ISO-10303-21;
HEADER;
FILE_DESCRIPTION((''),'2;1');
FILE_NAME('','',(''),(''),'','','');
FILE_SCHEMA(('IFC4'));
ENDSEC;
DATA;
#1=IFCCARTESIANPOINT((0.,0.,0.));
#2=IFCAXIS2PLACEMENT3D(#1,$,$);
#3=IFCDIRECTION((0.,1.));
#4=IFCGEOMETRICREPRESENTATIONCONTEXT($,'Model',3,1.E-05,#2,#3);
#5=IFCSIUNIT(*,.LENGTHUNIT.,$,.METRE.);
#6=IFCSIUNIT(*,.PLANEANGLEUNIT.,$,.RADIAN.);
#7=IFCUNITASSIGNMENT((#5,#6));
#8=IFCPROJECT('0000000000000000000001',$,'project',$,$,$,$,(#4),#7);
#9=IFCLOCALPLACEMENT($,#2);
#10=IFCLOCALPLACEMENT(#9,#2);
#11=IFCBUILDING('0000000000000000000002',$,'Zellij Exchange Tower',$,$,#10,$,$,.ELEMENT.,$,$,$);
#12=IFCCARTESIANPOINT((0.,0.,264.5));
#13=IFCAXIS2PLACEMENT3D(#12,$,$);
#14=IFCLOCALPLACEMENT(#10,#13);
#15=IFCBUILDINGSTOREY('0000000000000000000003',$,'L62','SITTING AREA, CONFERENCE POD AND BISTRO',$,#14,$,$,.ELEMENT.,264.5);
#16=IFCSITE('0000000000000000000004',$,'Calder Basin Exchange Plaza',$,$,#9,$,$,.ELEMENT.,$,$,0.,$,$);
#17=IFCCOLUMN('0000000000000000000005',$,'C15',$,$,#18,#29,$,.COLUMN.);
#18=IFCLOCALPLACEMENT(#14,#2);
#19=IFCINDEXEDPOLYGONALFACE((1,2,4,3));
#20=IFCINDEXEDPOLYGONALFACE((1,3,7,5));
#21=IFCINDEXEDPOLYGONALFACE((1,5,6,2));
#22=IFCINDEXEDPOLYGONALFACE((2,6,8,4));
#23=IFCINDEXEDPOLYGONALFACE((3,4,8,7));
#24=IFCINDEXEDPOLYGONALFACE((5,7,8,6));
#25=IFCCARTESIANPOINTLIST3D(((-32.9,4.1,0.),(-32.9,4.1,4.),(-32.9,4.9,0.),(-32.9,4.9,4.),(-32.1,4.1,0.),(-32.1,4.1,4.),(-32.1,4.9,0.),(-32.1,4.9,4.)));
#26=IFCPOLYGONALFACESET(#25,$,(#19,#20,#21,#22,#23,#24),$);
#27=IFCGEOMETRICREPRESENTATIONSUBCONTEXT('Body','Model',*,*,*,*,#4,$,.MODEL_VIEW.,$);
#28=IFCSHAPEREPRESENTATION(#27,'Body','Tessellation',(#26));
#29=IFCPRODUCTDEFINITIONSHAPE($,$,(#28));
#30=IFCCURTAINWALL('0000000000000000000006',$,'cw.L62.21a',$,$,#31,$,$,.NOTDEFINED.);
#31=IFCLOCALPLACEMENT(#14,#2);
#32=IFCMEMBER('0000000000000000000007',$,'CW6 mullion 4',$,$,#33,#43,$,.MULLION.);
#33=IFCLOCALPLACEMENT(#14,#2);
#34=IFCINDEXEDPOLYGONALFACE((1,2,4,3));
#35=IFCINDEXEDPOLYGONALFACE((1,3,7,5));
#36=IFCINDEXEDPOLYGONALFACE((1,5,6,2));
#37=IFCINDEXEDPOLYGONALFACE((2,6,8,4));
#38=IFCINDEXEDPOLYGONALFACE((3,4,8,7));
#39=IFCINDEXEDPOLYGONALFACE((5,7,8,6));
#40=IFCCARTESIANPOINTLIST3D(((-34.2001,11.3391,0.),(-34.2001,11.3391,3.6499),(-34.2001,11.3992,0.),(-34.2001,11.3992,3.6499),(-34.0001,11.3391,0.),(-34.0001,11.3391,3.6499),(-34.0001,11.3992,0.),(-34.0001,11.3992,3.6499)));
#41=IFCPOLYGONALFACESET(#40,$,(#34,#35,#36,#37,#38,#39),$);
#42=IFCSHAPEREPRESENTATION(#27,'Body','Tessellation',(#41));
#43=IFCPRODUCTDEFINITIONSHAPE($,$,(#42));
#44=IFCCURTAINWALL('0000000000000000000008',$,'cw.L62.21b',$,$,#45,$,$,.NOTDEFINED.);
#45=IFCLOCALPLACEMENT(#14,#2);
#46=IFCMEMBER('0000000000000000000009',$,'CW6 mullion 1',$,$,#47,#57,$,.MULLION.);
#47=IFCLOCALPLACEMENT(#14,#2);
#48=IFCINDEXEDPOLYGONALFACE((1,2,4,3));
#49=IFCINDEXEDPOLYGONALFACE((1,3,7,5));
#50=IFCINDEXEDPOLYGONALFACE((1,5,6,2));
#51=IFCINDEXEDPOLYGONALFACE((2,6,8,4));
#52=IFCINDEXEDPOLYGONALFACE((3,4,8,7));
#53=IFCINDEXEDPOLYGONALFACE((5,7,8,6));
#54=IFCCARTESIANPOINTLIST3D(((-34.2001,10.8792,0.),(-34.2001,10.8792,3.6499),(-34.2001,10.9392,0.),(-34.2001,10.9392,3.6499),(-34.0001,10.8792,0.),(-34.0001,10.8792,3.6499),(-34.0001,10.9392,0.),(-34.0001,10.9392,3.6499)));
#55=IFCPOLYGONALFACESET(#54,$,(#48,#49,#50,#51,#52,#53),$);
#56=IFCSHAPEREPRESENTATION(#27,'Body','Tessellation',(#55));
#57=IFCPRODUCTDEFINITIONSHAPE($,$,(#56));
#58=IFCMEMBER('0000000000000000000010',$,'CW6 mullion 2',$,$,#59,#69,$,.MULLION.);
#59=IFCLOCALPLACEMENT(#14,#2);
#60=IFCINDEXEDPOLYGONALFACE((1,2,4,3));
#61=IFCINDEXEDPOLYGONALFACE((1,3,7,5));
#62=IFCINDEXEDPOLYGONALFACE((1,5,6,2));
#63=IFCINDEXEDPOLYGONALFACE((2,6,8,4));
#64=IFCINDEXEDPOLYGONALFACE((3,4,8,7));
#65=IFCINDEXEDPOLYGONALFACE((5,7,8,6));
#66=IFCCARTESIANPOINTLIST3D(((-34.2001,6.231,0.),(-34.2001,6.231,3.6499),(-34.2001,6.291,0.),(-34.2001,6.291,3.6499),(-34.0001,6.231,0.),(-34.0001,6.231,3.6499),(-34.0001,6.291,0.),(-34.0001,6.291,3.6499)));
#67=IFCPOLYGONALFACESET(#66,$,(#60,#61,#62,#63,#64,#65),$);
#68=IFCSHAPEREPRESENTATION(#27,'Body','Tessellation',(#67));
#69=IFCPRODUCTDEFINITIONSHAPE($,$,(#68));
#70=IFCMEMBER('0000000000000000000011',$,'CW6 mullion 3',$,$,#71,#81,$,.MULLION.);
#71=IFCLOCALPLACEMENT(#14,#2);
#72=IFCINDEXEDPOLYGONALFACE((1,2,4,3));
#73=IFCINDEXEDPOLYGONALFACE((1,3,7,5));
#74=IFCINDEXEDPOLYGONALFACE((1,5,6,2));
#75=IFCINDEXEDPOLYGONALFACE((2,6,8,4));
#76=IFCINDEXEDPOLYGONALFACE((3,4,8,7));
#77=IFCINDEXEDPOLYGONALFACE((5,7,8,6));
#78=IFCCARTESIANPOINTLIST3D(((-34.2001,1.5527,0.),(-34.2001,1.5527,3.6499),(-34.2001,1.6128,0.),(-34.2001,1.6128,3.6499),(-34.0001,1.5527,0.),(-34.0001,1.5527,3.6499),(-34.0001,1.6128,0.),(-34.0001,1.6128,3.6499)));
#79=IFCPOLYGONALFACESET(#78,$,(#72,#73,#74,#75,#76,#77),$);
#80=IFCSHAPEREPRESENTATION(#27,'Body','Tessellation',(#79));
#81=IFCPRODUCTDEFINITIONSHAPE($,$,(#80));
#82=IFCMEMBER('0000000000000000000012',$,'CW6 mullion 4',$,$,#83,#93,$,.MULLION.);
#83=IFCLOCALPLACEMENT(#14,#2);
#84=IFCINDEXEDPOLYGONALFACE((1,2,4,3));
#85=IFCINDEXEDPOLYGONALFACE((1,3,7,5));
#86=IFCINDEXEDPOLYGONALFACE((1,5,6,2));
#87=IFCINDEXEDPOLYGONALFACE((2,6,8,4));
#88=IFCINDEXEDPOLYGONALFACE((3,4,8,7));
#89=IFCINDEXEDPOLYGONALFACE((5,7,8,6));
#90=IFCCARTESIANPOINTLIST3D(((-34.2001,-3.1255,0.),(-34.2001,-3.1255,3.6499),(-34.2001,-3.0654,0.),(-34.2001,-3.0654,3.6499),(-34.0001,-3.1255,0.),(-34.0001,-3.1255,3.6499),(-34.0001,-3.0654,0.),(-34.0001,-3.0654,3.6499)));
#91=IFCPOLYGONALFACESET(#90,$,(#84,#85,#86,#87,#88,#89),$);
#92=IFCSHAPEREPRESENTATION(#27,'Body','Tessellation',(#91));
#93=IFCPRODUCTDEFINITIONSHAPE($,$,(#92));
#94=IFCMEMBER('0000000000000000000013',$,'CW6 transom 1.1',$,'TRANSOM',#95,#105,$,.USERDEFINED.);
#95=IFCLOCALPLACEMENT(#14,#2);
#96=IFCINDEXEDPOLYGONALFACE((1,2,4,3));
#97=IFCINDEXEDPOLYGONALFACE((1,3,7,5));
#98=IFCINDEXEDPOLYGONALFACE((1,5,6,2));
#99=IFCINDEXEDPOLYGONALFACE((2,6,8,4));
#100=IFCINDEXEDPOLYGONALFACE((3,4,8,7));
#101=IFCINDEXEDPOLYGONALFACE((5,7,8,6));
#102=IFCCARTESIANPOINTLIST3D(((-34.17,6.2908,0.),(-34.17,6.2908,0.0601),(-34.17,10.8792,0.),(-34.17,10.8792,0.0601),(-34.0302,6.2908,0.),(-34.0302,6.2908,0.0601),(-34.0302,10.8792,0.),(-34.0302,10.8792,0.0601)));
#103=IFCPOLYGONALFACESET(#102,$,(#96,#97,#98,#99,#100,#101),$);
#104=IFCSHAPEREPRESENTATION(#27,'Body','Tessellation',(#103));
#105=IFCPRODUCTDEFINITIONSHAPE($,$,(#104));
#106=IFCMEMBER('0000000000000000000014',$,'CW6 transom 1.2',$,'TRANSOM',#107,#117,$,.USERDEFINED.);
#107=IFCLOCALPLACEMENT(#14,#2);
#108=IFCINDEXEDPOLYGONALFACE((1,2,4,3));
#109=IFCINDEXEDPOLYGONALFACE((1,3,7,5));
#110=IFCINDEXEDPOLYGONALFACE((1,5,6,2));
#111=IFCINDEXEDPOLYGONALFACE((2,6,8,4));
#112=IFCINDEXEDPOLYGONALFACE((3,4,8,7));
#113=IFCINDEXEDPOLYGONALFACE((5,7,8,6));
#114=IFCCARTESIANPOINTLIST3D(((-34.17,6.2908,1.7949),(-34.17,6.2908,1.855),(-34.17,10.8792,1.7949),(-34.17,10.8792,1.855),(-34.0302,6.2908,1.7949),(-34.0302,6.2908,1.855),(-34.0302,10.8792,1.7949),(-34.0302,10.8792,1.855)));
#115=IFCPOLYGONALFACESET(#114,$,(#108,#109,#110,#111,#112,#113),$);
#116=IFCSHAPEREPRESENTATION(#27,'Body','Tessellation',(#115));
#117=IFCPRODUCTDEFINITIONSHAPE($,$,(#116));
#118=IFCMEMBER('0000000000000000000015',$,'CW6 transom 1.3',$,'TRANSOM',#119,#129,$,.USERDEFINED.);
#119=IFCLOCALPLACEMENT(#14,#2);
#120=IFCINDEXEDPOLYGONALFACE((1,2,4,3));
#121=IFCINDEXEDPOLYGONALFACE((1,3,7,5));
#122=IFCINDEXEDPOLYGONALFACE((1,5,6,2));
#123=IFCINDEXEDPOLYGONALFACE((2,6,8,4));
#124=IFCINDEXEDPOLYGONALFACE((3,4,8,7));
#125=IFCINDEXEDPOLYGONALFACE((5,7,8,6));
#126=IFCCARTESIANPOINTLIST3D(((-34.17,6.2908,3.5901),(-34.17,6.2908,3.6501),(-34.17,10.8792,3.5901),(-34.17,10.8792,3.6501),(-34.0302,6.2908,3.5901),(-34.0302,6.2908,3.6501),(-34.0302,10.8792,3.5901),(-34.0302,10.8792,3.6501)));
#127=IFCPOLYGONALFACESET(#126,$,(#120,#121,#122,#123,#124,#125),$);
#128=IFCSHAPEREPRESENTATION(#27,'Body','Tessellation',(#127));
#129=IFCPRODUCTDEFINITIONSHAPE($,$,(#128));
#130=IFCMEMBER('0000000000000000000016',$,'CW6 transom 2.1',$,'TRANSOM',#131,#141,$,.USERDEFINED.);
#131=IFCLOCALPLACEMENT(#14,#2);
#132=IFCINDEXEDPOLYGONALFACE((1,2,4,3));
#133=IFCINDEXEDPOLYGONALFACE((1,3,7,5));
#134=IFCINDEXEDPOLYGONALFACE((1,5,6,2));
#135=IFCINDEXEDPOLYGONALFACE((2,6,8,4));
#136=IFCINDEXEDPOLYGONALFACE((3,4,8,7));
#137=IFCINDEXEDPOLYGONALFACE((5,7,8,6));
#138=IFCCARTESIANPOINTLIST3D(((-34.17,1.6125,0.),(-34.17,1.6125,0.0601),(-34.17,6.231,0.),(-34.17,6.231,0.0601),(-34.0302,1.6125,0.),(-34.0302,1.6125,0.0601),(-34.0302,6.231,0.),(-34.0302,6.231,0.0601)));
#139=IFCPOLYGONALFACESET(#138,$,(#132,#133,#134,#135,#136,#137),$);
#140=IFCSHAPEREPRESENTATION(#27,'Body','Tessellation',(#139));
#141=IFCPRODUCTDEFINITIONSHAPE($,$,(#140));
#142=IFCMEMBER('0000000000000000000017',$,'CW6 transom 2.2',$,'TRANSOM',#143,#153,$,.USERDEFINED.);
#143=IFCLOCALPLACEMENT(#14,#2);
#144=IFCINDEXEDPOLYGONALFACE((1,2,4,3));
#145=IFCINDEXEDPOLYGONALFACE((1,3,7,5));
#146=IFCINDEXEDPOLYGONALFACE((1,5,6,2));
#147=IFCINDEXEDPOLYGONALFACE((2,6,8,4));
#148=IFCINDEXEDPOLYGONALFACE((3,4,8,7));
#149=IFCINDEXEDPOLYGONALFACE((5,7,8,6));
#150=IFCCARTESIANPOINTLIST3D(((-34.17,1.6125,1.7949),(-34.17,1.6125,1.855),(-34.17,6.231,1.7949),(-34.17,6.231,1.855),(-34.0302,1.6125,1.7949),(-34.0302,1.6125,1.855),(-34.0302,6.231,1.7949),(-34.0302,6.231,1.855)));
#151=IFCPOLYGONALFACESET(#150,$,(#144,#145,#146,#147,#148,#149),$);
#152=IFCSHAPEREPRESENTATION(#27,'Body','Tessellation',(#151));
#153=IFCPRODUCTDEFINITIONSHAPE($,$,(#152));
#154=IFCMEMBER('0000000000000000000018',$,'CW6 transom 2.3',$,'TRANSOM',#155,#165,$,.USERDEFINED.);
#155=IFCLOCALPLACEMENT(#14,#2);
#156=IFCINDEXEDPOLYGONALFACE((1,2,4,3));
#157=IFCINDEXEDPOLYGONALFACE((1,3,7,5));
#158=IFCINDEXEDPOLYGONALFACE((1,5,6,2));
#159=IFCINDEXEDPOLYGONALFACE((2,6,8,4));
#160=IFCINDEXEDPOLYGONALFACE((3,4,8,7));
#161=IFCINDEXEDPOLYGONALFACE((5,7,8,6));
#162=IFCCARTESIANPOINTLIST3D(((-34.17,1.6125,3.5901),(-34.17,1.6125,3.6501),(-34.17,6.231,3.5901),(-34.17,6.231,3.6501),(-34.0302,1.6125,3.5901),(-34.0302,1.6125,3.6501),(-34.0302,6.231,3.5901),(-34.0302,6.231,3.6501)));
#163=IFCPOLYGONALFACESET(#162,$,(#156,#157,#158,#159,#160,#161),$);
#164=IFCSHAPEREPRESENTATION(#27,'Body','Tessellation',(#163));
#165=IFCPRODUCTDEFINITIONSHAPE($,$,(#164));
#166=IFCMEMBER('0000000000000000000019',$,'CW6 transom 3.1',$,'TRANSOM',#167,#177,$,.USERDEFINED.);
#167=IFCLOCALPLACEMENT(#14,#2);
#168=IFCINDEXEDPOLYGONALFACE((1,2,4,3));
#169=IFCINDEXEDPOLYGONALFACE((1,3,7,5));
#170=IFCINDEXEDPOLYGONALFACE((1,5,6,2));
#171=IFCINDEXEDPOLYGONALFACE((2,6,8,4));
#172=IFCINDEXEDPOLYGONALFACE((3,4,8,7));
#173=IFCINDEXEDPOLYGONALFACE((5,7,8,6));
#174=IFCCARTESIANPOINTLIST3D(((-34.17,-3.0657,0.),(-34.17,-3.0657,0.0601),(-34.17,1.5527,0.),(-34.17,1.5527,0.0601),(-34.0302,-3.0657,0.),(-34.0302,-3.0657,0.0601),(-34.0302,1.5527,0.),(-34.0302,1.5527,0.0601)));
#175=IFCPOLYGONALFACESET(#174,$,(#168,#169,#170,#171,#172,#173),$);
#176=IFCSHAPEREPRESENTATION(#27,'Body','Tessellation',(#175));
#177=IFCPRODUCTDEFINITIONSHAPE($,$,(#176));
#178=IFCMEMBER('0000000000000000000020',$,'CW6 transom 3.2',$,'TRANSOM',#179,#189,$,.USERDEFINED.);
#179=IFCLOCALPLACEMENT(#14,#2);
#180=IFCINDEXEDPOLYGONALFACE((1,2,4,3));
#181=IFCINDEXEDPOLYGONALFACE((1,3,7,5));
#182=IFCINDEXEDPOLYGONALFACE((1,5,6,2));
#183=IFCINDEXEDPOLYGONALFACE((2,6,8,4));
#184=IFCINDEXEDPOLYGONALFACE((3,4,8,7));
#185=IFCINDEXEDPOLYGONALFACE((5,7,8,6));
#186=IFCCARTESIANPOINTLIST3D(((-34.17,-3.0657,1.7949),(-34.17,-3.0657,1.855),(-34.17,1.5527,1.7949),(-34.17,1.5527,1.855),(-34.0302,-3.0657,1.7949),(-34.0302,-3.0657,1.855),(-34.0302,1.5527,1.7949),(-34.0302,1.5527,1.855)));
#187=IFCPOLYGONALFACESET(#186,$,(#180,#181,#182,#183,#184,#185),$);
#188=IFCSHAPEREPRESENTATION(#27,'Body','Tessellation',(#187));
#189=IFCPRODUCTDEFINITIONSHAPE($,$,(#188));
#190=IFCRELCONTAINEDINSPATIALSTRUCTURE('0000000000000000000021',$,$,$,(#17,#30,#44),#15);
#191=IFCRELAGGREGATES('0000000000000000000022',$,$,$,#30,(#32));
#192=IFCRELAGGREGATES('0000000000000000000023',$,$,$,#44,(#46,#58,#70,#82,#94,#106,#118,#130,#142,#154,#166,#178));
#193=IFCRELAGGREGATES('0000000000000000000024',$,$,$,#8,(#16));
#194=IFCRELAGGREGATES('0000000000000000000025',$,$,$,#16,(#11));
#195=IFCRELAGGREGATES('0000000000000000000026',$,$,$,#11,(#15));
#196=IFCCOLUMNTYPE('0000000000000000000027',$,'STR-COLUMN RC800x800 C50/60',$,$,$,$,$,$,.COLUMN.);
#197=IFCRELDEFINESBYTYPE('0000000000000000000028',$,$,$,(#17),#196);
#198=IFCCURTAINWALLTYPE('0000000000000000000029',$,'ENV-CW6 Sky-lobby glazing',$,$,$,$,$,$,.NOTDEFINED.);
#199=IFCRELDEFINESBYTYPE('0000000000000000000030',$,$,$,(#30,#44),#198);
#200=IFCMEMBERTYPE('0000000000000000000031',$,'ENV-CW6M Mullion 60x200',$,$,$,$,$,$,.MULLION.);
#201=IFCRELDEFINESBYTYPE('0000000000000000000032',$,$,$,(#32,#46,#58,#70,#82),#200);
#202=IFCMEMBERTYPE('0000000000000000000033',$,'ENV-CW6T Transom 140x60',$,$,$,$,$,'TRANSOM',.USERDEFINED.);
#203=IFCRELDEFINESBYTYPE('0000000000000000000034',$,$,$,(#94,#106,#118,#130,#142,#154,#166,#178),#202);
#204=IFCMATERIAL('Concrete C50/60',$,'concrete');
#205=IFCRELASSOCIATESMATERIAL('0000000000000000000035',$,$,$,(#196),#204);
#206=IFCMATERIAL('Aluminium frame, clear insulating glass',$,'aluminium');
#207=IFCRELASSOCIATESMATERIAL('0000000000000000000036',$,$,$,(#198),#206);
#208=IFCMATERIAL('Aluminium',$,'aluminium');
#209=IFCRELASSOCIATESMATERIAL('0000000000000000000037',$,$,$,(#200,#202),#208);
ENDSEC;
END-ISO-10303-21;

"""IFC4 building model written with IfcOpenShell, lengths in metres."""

from ifc_helpers import new_model, si_unit, direction, frame, origin, origin_2d, place, context, subcontext, project, spatial, rectangle, extrude, material, material_profile, profile_set, type_object, element, aggregate, save


model = new_model("IFC4")

# Units and contexts
model_context = context("Model", 3, precision=1e-05, world=origin(), true_north=direction((0.0, 1.0)))
body_context = subcontext(model_context, "Body", "Model", "MODEL_VIEW")
ifc_project = project(units=[si_unit("LENGTHUNIT", "METRE"), si_unit("PLANEANGLEUNIT", "RADIAN")], contexts=[model_context])

# Site, building, storey
site_placement = place(None, origin())
site = spatial("IfcSite", under=ifc_project, at=site_placement, Name="Calder Basin Exchange Plaza", CompositionType="ELEMENT", RefElevation=0.0)
building_placement = place(site_placement, origin())
building = spatial("IfcBuilding", under=site, at=building_placement, Name="Zellij Exchange Tower", CompositionType="ELEMENT")
storey_placement = place(building_placement, frame((0.0, 0.0, 264.5)))
storey = spatial("IfcBuildingStorey", under=building, at=storey_placement, Name="L62", Description="SITTING AREA, CONFERENCE POD AND BISTRO", CompositionType="ELEMENT", Elevation=264.5)

# Column
ifc_material_1 = material(Name="Concrete C50/60", Category="concrete")
ifc_material_profile_1 = material_profile(ifc_material_1, rectangle(XDim=0.8, YDim=0.8, at=origin_2d()), Name="STR-COLUMN RC800x800 C50/60")
ifc_profile_set_1 = profile_set([ifc_material_profile_1], Name="Concrete C50/60")
column_type = type_object("IfcColumnType", Name="STR-COLUMN RC800x800 C50/60", PredefinedType="COLUMN", material=ifc_profile_set_1)
column_placement = place(storey_placement, frame((-32.5, 4.5, 0.0), z_axis=(0.0, 0.0, 1.0), x_axis=(1.0, 0.0, 0.0)))
element("IfcColumn", 1, at=column_placement, inside=storey, type_object=column_type, Name="C15", PredefinedType="COLUMN", context=body_context, shape_type="SweptSolid", body=[
    extrude(rectangle(XDim=0.8, YDim=0.8, at=origin_2d()), origin(), (0.0, 0.0, 1.0), 4.0),
])

# Curtain wall, member
ifc_material_2 = material(Name="Aluminium frame, clear insulating glass", Category="aluminium")
curtain_wall_type = type_object("IfcCurtainWallType", Name="ENV-CW6 Sky-lobby glazing", PredefinedType="NOTDEFINED", material=ifc_material_2)
curtain_wall_1_placement = place(storey_placement, origin())
curtain_wall_1 = element("IfcCurtainWall", 2, at=curtain_wall_1_placement, inside=storey, type_object=curtain_wall_type, Name="cw.L62.21a", PredefinedType="NOTDEFINED")
ifc_material_3 = material(Name="Aluminium", Category="aluminium")
ifc_material_profile_2 = material_profile(ifc_material_3, rectangle(XDim=0.0601, YDim=0.2, at=origin_2d()), Name="AL 60x200")
ifc_profile_set_2 = profile_set([ifc_material_profile_2], Name="Aluminium")
member_type_1 = type_object("IfcMemberType", Name="ENV-CW6M Mullion 60x200", PredefinedType="MULLION", material=ifc_profile_set_2)
member_1_placement = place(storey_placement, frame((-34.1001, 11.3691, 0.0), z_axis=(0.0, 0.0, 1.0), x_axis=(0.0, -1.0, 0.0)))
member_1 = element("IfcMember", 3, at=member_1_placement, type_object=member_type_1, Name="CW6 mullion 4", PredefinedType="MULLION", context=body_context, shape_type="SweptSolid", body=[
    extrude(rectangle(XDim=0.0601, YDim=0.2, at=origin_2d()), origin(), (0.0, 0.0, 1.0), 3.6499),
])
aggregate(curtain_wall_1, [member_1])

# Curtain wall, members
curtain_wall_2_placement = place(storey_placement, origin())
curtain_wall_2 = element("IfcCurtainWall", 4, at=curtain_wall_2_placement, inside=storey, type_object=curtain_wall_type, Name="cw.L62.21b", PredefinedType="NOTDEFINED")
member_2_placement = place(storey_placement, frame((-34.1001, 10.9092, 0.0), z_axis=(0.0, 0.0, 1.0), x_axis=(0.0, -1.0, 0.0)))
member_2 = element("IfcMember", 5, at=member_2_placement, type_object=member_type_1, Name="CW6 mullion 1", PredefinedType="MULLION", context=body_context, shape_type="SweptSolid", body=[
    extrude(rectangle(XDim=0.0601, YDim=0.2, at=origin_2d()), origin(), (0.0, 0.0, 1.0), 3.6499),
])
member_3_placement = place(storey_placement, frame((-34.1001, 6.261, 0.0), z_axis=(0.0, 0.0, 1.0), x_axis=(0.0, -1.0, 0.0)))
member_3 = element("IfcMember", 6, at=member_3_placement, type_object=member_type_1, Name="CW6 mullion 2", PredefinedType="MULLION", context=body_context, shape_type="SweptSolid", body=[
    extrude(rectangle(XDim=0.0601, YDim=0.2, at=origin_2d()), origin(), (0.0, 0.0, 1.0), 3.6499),
])
member_4_placement = place(storey_placement, frame((-34.1001, 1.5828, 0.0), z_axis=(0.0, 0.0, 1.0), x_axis=(0.0, -1.0, 0.0)))
member_4 = element("IfcMember", 7, at=member_4_placement, type_object=member_type_1, Name="CW6 mullion 3", PredefinedType="MULLION", context=body_context, shape_type="SweptSolid", body=[
    extrude(rectangle(XDim=0.0601, YDim=0.2, at=origin_2d()), origin(), (0.0, 0.0, 1.0), 3.6499),
])
member_5_placement = place(storey_placement, frame((-34.1001, -3.0955, 0.0), z_axis=(0.0, 0.0, 1.0), x_axis=(0.0, -1.0, 0.0)))
member_5 = element("IfcMember", 8, at=member_5_placement, type_object=member_type_1, Name="CW6 mullion 4", PredefinedType="MULLION", context=body_context, shape_type="SweptSolid", body=[
    extrude(rectangle(XDim=0.0601, YDim=0.2, at=origin_2d()), origin(), (0.0, 0.0, 1.0), 3.6499),
])
ifc_material_profile_3 = material_profile(ifc_material_3, rectangle(XDim=0.1399, YDim=0.0601, at=origin_2d()), Name="AL 140x60")
ifc_profile_set_3 = profile_set([ifc_material_profile_3], Name="Aluminium")
member_type_2 = type_object("IfcMemberType", Name="ENV-CW6T Transom 140x60", ElementType="TRANSOM", PredefinedType="USERDEFINED", material=ifc_profile_set_3)
member_6_placement = place(storey_placement, frame((-34.1001, 10.8792, 0.03), z_axis=(0.0, -1.0, 0.0), x_axis=(1.0, 0.0, 0.0)))
member_6 = element("IfcMember", 9, at=member_6_placement, type_object=member_type_2, Name="CW6 transom 1.1", ObjectType="TRANSOM", PredefinedType="USERDEFINED", context=body_context, shape_type="SweptSolid", body=[
    extrude(rectangle(XDim=0.1399, YDim=0.0601, at=origin_2d()), origin(), (0.0, 0.0, 1.0), 4.5884),
])
member_7_placement = place(storey_placement, frame((-34.1001, 10.8792, 1.825), z_axis=(0.0, -1.0, 0.0), x_axis=(1.0, 0.0, 0.0)))
member_7 = element("IfcMember", 10, at=member_7_placement, type_object=member_type_2, Name="CW6 transom 1.2", ObjectType="TRANSOM", PredefinedType="USERDEFINED", context=body_context, shape_type="SweptSolid", body=[
    extrude(rectangle(XDim=0.1399, YDim=0.0601, at=origin_2d()), origin(), (0.0, 0.0, 1.0), 4.5884),
])
member_8_placement = place(storey_placement, frame((-34.1001, 10.8792, 3.6201), z_axis=(0.0, -1.0, 0.0), x_axis=(1.0, 0.0, 0.0)))
member_8 = element("IfcMember", 11, at=member_8_placement, type_object=member_type_2, Name="CW6 transom 1.3", ObjectType="TRANSOM", PredefinedType="USERDEFINED", context=body_context, shape_type="SweptSolid", body=[
    extrude(rectangle(XDim=0.1399, YDim=0.0601, at=origin_2d()), origin(), (0.0, 0.0, 1.0), 4.5884),
])
member_9_placement = place(storey_placement, frame((-34.1001, 6.231, 0.03), z_axis=(0.0, -1.0, 0.0), x_axis=(1.0, 0.0, 0.0)))
member_9 = element("IfcMember", 12, at=member_9_placement, type_object=member_type_2, Name="CW6 transom 2.1", ObjectType="TRANSOM", PredefinedType="USERDEFINED", context=body_context, shape_type="SweptSolid", body=[
    extrude(rectangle(XDim=0.1399, YDim=0.0601, at=origin_2d()), origin(), (0.0, 0.0, 1.0), 4.6184),
])
member_10_placement = place(storey_placement, frame((-34.1001, 6.231, 1.825), z_axis=(0.0, -1.0, 0.0), x_axis=(1.0, 0.0, 0.0)))
member_10 = element("IfcMember", 13, at=member_10_placement, type_object=member_type_2, Name="CW6 transom 2.2", ObjectType="TRANSOM", PredefinedType="USERDEFINED", context=body_context, shape_type="SweptSolid", body=[
    extrude(rectangle(XDim=0.1399, YDim=0.0601, at=origin_2d()), origin(), (0.0, 0.0, 1.0), 4.6184),
])
member_11_placement = place(storey_placement, frame((-34.1001, 6.231, 3.6201), z_axis=(0.0, -1.0, 0.0), x_axis=(1.0, 0.0, 0.0)))
member_11 = element("IfcMember", 14, at=member_11_placement, type_object=member_type_2, Name="CW6 transom 2.3", ObjectType="TRANSOM", PredefinedType="USERDEFINED", context=body_context, shape_type="SweptSolid", body=[
    extrude(rectangle(XDim=0.1399, YDim=0.0601, at=origin_2d()), origin(), (0.0, 0.0, 1.0), 4.6184),
])
member_12_placement = place(storey_placement, frame((-34.1001, 1.5527, 0.03), z_axis=(0.0, -1.0, 0.0), x_axis=(1.0, 0.0, 0.0)))
member_12 = element("IfcMember", 15, at=member_12_placement, type_object=member_type_2, Name="CW6 transom 3.1", ObjectType="TRANSOM", PredefinedType="USERDEFINED", context=body_context, shape_type="SweptSolid", body=[
    extrude(rectangle(XDim=0.1399, YDim=0.0601, at=origin_2d()), origin(), (0.0, 0.0, 1.0), 4.6184),
])
member_13_placement = place(storey_placement, frame((-34.1001, 1.5527, 1.825), z_axis=(0.0, -1.0, 0.0), x_axis=(1.0, 0.0, 0.0)))
member_13 = element("IfcMember", 16, at=member_13_placement, type_object=member_type_2, Name="CW6 transom 3.2", ObjectType="TRANSOM", PredefinedType="USERDEFINED", context=body_context, shape_type="SweptSolid", body=[
    extrude(rectangle(XDim=0.1399, YDim=0.0601, at=origin_2d()), origin(), (0.0, 0.0, 1.0), 4.6184),
])

aggregate(curtain_wall_2, [member_2, member_3, member_4, member_5, member_6, member_7, member_8, member_9, member_10, member_11, member_12, member_13])

save(model, "model.ifc")
